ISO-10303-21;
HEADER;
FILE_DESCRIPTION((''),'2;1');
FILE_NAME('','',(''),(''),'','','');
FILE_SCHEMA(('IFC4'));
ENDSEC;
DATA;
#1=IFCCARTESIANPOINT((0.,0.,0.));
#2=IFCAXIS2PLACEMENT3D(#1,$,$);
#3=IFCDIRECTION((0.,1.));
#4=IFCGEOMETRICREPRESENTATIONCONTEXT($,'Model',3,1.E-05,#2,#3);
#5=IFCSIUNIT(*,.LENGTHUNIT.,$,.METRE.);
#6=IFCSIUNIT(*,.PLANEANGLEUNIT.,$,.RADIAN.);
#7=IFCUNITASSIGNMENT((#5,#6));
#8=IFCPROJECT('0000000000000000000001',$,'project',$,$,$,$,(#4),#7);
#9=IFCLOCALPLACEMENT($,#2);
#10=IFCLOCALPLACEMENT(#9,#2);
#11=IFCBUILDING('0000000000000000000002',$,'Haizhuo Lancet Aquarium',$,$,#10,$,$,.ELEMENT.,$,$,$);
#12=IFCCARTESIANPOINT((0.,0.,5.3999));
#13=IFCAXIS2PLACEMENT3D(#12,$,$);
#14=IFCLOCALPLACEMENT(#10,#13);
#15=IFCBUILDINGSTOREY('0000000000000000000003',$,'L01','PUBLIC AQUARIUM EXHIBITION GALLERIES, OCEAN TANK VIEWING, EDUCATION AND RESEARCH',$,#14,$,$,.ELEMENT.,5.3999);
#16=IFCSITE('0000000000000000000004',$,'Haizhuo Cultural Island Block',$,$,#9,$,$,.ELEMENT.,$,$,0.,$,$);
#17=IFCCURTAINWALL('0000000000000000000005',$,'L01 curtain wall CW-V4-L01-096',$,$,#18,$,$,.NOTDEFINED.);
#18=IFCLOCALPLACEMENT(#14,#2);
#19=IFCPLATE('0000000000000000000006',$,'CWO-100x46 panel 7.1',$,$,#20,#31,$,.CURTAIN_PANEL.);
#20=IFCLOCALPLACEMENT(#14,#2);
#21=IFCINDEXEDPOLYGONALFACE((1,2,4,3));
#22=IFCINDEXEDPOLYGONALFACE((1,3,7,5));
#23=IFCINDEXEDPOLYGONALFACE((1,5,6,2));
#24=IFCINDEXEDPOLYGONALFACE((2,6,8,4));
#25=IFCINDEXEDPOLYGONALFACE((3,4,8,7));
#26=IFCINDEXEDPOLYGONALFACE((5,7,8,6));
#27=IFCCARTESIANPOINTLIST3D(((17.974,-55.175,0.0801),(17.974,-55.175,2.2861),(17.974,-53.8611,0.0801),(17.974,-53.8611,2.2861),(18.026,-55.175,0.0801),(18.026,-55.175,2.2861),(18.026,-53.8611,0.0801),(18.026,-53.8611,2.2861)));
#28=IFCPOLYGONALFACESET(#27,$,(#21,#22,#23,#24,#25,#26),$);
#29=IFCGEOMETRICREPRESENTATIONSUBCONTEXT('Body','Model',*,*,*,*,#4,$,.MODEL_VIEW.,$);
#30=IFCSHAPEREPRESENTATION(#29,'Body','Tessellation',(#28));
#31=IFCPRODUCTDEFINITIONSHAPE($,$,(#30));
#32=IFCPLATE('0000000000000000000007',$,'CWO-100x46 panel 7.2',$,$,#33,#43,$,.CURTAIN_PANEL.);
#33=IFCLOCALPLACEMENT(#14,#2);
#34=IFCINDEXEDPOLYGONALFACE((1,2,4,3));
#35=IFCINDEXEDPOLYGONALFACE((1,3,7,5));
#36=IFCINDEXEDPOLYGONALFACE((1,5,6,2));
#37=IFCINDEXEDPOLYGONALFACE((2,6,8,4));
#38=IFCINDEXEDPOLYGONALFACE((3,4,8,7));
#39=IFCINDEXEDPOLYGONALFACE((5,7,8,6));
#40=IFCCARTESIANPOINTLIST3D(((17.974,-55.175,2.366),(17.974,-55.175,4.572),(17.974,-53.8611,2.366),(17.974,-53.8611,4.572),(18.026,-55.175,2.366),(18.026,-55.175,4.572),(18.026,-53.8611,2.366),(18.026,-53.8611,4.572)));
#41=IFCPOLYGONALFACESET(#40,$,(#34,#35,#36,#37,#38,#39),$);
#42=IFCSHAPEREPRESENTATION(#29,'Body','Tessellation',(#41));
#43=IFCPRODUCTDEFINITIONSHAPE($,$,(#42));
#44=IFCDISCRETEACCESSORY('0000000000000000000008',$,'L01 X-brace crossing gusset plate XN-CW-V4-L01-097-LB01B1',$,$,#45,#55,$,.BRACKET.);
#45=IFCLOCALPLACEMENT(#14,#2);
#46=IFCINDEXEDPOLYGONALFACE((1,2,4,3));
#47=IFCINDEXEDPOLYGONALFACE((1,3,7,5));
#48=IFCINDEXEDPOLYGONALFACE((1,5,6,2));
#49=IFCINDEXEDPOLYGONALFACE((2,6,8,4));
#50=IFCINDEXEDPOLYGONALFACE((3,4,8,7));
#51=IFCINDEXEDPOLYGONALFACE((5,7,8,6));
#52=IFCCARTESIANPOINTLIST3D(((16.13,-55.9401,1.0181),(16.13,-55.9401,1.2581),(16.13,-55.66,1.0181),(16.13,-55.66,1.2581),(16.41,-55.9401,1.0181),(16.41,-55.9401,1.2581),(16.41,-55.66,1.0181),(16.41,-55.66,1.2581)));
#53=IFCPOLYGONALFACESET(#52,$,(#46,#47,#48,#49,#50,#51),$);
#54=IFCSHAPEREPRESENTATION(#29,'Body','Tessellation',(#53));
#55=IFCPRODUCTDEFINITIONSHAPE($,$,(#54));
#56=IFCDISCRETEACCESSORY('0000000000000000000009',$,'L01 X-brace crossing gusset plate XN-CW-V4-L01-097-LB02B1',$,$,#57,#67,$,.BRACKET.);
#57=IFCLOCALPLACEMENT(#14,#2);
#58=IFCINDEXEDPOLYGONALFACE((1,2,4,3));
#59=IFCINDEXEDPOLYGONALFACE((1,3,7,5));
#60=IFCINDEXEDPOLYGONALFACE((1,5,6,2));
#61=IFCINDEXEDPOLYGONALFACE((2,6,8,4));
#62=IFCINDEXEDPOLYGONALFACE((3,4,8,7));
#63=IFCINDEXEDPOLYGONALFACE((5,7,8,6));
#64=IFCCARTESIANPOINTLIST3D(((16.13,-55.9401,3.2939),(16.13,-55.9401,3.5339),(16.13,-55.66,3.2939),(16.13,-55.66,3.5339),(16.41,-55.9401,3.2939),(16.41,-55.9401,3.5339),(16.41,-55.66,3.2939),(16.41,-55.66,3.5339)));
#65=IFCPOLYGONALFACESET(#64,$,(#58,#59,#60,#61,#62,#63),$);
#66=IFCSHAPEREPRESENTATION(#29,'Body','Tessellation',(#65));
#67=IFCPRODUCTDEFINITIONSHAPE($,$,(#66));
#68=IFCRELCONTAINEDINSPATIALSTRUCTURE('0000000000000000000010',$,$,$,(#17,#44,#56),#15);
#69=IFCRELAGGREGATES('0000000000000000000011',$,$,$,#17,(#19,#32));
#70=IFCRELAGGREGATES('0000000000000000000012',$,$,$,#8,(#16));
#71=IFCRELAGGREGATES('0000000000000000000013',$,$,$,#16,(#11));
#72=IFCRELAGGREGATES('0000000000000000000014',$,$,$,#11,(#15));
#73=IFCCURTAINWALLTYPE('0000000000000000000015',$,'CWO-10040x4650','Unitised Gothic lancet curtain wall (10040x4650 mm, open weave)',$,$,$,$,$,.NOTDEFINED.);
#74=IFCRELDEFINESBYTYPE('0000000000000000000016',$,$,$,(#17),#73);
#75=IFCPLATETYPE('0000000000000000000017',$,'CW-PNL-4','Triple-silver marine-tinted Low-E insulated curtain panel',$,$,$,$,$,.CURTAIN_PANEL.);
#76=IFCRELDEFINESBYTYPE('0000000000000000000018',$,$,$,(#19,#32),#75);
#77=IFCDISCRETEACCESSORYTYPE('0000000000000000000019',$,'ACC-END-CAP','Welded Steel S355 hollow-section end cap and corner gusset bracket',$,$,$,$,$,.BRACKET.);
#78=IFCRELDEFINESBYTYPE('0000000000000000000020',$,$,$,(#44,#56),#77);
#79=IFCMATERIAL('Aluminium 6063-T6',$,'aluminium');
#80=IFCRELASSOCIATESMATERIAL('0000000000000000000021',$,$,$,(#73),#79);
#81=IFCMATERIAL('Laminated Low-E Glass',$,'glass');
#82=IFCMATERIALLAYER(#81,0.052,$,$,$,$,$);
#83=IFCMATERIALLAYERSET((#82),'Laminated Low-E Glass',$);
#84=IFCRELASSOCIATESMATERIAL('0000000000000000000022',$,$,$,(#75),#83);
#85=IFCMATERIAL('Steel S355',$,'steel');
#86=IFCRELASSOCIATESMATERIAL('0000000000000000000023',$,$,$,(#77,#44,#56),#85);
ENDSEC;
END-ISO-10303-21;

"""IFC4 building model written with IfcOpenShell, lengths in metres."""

from ifc_helpers import new_model, si_unit, direction, frame, origin, origin_2d, place, context, subcontext, project, spatial, rectangle, extrude, material, layer, layer_set, type_object, element, aggregate, save


model = new_model("IFC4")

# Units and contexts
model_context = context("Model", 3, precision=1e-05, world=origin(), true_north=direction((0.0, 1.0)))
body_context = subcontext(model_context, "Body", "Model", "MODEL_VIEW")
ifc_project = project(units=[si_unit("LENGTHUNIT", "METRE"), si_unit("PLANEANGLEUNIT", "RADIAN")], contexts=[model_context])

# Site, building, storey
site_placement = place(None, origin())
site = spatial("IfcSite", under=ifc_project, at=site_placement, Name="Haizhuo Cultural Island Block", CompositionType="ELEMENT", RefElevation=0.0)
building_placement = place(site_placement, origin())
building = spatial("IfcBuilding", under=site, at=building_placement, Name="Haizhuo Lancet Aquarium", CompositionType="ELEMENT")
storey_placement = place(building_placement, frame((0.0, 0.0, 5.3999)))
storey = spatial("IfcBuildingStorey", under=building, at=storey_placement, Name="L01", Description="PUBLIC AQUARIUM EXHIBITION GALLERIES, OCEAN TANK VIEWING, EDUCATION AND RESEARCH", CompositionType="ELEMENT", Elevation=5.3999)

# Shared definitions
ifc_material_1 = material(Name="Steel S355", Category="steel")

# Shared definitions
ifc_material_2 = material(Name="Aluminium 6063-T6", Category="aluminium")

# Curtain wall
curtain_wall_type_1 = type_object("IfcCurtainWallType", Name="CWO-10040x4650", Description="Unitised Gothic lancet curtain wall (10040x4650 mm, open weave)", PredefinedType="NOTDEFINED", material=ifc_material_2)
curtain_wall_1_placement = place(storey_placement, origin())
curtain_wall_1 = element("IfcCurtainWall", 1, at=curtain_wall_1_placement, inside=storey, type_object=curtain_wall_type_1, Name="L01 curtain wall CW-V4-L01-096", PredefinedType="NOTDEFINED")

# Plates
ifc_material_3 = material(Name="Laminated Low-E Glass", Category="glass")
ifc_layer_1 = layer(ifc_material_3, 0.052)
ifc_layer_set_1 = layer_set([ifc_layer_1], Name="Laminated Low-E Glass")
plate_type_1 = type_object("IfcPlateType", Name="CW-PNL-4", Description="Triple-silver marine-tinted Low-E insulated curtain panel", PredefinedType="CURTAIN_PANEL", material=ifc_layer_set_1)
plate_1_placement = place(storey_placement, frame((18.0, -54.5181, 0.0801), z_axis=(0.0, 0.0, 1.0), x_axis=(0.0, -1.0, 0.0)))
plate_1 = element("IfcPlate", 2, at=plate_1_placement, type_object=plate_type_1, Name="CWO-100x46 panel 7.1", PredefinedType="CURTAIN_PANEL", context=body_context, shape_type="SweptSolid", body=[
    extrude(rectangle(XDim=1.314, YDim=0.052, at=origin_2d()), origin(), (0.0, 0.0, 1.0), 2.2061),
])
plate_2_placement = place(storey_placement, frame((18.0, -54.5181, 2.366), z_axis=(0.0, 0.0, 1.0), x_axis=(0.0, -1.0, 0.0)))
plate_2 = element("IfcPlate", 3, at=plate_2_placement, type_object=plate_type_1, Name="CWO-100x46 panel 7.2", PredefinedType="CURTAIN_PANEL", context=body_context, shape_type="SweptSolid", body=[
    extrude(rectangle(XDim=1.314, YDim=0.052, at=origin_2d()), origin(), (0.0, 0.0, 1.0), 2.2061),
])
aggregate(curtain_wall_1, [plate_1, plate_2])

# Discrete accessories
discrete_accessory_type = type_object("IfcDiscreteAccessoryType", Name="ACC-END-CAP", Description="Welded Steel S355 hollow-section end cap and corner gusset bracket", PredefinedType="BRACKET", material=ifc_material_1)
for number, where, z_axis, x_axis, name in (
    (4, (16.27, -55.8, 1.0181), (0.0, 0.0, 1.0), (1.0, 0.0, 0.0), "L01 X-brace crossing gusset plate XN-CW-V4-L01-097-LB01B1"),
    (5, (16.27, -55.8, 3.2939), (0.0, 0.0, 1.0), (1.0, 0.0, 0.0), "L01 X-brace crossing gusset plate XN-CW-V4-L01-097-LB02B1"),
):
    element("IfcDiscreteAccessory", number, at=place(storey_placement, frame(where, z_axis=z_axis, x_axis=x_axis)), inside=storey, type_object=discrete_accessory_type, material=ifc_material_1, Name=name, PredefinedType="BRACKET", context=body_context, shape_type="SweptSolid", body=[
        extrude(rectangle(XDim=0.28, YDim=0.28, at=origin_2d()), origin(), (0.0, 0.0, 1.0), 0.24),
    ])

save(model, "model.ifc")
